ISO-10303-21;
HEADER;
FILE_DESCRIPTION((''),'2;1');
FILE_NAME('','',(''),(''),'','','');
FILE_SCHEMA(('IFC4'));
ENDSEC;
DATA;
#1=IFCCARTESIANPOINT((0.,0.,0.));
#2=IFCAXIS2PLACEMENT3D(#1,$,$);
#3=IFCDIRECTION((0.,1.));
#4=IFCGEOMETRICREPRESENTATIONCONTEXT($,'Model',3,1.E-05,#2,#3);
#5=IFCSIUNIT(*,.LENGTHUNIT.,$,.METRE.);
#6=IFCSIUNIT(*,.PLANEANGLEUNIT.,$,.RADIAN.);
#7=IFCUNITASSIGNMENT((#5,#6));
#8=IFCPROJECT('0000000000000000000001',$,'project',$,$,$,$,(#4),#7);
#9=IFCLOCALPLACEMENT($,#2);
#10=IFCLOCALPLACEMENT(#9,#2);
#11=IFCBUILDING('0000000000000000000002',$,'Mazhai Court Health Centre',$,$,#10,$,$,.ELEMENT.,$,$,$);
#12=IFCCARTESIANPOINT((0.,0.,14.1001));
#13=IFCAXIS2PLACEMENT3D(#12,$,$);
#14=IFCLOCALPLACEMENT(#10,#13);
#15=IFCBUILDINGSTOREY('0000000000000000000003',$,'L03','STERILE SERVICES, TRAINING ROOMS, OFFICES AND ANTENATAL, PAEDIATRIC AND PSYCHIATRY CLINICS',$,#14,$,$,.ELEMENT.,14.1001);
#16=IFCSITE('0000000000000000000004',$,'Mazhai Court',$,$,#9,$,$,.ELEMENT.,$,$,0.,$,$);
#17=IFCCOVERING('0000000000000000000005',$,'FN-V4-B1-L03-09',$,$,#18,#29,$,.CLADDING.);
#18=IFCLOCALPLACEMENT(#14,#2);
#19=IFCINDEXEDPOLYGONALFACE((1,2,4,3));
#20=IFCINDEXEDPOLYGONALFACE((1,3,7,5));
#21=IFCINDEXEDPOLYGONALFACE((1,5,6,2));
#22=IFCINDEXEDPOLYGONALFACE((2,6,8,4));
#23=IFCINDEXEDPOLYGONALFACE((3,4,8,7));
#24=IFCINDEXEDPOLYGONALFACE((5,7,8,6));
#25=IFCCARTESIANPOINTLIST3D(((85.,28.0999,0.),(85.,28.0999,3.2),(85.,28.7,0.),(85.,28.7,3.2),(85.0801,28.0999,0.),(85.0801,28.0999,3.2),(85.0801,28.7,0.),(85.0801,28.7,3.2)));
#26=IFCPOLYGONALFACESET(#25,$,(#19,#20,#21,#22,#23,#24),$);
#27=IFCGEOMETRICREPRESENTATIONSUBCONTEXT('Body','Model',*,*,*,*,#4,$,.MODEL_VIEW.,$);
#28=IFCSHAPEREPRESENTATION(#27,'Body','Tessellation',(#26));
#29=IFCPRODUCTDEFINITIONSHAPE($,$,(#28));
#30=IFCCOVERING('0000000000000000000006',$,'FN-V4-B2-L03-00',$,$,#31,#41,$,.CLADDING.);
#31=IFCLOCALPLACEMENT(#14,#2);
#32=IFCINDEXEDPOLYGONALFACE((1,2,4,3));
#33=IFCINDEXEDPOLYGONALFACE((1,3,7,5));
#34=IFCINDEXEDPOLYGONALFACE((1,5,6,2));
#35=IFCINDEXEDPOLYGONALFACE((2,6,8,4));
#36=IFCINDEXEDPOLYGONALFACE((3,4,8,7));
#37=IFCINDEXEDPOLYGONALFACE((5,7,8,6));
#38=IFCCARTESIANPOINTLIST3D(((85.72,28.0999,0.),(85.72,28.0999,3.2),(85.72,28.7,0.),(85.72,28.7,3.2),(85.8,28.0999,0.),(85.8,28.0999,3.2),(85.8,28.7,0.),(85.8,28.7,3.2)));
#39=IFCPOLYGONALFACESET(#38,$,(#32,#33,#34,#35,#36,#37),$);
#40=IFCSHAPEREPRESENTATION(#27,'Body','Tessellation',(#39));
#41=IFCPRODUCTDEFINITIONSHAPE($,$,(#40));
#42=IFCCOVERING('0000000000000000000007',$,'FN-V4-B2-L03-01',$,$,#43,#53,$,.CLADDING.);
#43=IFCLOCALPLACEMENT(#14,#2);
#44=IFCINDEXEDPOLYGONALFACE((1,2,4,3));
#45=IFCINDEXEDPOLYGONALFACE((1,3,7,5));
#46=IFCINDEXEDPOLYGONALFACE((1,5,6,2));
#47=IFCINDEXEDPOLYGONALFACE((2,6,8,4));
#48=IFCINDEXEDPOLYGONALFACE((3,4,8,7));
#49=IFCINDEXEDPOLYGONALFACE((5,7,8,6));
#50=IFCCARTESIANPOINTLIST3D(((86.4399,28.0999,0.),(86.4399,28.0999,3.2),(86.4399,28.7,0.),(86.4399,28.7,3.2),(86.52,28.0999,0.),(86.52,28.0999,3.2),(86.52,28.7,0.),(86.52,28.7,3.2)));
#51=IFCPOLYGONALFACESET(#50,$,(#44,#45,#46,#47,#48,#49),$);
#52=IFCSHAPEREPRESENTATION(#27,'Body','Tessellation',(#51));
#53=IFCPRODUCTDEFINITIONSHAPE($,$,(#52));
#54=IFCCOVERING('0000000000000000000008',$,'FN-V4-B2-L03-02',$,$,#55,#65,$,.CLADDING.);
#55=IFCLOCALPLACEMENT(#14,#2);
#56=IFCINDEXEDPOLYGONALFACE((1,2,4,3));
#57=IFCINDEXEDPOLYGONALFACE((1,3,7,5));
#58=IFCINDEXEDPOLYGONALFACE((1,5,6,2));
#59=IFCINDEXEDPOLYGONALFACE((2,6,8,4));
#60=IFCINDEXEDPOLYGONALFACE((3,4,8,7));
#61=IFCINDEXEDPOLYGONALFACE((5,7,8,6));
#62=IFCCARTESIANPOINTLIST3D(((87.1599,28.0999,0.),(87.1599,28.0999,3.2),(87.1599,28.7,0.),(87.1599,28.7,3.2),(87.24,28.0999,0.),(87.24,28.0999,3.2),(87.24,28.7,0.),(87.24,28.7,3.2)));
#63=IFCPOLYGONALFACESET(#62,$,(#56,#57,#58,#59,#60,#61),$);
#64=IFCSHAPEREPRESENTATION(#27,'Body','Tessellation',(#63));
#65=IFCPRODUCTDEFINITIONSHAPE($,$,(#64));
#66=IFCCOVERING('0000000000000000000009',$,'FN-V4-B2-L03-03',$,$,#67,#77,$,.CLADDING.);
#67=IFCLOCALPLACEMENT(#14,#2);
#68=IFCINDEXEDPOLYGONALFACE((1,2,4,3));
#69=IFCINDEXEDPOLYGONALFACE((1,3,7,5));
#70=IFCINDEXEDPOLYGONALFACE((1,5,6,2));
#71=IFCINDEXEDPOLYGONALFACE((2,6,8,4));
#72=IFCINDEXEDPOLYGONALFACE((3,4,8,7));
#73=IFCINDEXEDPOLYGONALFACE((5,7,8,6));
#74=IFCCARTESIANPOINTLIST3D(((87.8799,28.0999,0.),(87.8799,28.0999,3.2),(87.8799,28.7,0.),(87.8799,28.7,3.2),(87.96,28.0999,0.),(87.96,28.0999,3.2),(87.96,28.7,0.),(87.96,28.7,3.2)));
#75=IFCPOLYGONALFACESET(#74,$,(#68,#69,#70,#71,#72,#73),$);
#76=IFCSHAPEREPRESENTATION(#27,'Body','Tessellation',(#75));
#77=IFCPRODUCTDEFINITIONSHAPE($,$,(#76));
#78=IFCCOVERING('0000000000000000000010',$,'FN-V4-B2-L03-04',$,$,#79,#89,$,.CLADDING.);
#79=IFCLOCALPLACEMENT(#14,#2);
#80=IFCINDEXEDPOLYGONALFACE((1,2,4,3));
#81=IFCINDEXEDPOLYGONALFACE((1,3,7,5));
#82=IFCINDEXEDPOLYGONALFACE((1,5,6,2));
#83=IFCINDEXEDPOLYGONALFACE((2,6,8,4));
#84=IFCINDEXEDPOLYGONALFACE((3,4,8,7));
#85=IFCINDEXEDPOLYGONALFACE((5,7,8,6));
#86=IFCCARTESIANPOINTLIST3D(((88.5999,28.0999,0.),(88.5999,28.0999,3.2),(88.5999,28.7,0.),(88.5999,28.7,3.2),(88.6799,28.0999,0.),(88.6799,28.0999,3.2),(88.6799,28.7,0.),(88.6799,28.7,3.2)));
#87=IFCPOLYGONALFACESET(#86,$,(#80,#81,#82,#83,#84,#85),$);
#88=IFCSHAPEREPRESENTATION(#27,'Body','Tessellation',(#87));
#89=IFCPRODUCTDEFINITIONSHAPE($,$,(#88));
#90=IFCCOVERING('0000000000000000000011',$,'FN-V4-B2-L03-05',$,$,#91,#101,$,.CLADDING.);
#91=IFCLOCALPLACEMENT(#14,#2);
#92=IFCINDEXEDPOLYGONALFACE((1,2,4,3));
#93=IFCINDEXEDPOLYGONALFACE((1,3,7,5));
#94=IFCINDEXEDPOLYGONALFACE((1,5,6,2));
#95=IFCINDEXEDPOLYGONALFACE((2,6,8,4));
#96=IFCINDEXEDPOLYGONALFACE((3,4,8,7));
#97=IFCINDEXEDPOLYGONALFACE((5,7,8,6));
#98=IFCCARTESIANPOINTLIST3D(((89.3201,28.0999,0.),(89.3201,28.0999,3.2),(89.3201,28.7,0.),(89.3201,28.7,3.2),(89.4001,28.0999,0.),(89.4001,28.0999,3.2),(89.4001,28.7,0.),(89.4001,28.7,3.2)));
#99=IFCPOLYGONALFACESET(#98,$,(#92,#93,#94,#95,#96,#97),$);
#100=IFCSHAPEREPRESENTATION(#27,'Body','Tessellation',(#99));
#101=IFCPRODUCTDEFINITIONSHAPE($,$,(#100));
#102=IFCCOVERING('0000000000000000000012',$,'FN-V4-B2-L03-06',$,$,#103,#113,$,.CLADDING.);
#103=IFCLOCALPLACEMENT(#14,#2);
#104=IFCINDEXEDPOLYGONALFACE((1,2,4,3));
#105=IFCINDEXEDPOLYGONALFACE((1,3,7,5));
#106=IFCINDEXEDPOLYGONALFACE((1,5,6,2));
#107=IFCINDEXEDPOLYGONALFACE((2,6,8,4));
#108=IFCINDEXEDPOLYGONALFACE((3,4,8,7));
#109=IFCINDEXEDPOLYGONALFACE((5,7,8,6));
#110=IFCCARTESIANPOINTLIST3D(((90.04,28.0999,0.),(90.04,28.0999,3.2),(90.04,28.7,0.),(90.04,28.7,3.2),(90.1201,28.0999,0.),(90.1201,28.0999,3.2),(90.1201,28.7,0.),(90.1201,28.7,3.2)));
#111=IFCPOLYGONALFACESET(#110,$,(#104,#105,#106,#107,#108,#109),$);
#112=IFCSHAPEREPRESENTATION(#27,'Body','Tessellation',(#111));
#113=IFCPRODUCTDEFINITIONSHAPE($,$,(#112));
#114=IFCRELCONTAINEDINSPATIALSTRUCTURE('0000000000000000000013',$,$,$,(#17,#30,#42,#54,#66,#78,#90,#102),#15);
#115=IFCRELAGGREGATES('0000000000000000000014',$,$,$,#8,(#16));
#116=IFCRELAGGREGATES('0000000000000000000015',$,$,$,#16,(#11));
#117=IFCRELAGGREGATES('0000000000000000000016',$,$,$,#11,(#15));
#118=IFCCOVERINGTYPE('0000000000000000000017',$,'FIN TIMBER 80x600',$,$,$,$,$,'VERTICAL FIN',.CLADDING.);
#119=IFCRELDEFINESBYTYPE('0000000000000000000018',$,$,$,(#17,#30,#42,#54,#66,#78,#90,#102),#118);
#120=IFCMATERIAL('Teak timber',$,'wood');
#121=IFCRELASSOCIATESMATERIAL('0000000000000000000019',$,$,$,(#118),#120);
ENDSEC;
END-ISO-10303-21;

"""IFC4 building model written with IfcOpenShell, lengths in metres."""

from ifc_helpers import new_model, si_unit, direction, frame, origin, origin_2d, place, context, subcontext, project, spatial, rectangle, extrude, material, type_object, element, save


model = new_model("IFC4")

# Units and contexts
model_context = context("Model", 3, precision=1e-05, world=origin(), true_north=direction((0.0, 1.0)))
body_context = subcontext(model_context, "Body", "Model", "MODEL_VIEW")
ifc_project = project(units=[si_unit("LENGTHUNIT", "METRE"), si_unit("PLANEANGLEUNIT", "RADIAN")], contexts=[model_context])

# Site, building, storey
site_placement = place(None, origin())
site = spatial("IfcSite", under=ifc_project, at=site_placement, Name="Mazhai Court", CompositionType="ELEMENT", RefElevation=0.0)
building_placement = place(site_placement, origin())
building = spatial("IfcBuilding", under=site, at=building_placement, Name="Mazhai Court Health Centre", CompositionType="ELEMENT")
storey_placement = place(building_placement, frame((0.0, 0.0, 14.1001)))
storey = spatial("IfcBuildingStorey", under=building, at=storey_placement, Name="L03", Description="STERILE SERVICES, TRAINING ROOMS, OFFICES AND ANTENATAL, PAEDIATRIC AND PSYCHIATRY CLINICS", CompositionType="ELEMENT", Elevation=14.1001)

# Coverings
ifc_material_1 = material(Name="Teak timber", Category="wood")
covering_type = type_object("IfcCoveringType", Name="FIN TIMBER 80x600", ElementType="VERTICAL FIN", PredefinedType="CLADDING", material=ifc_material_1)
for number, where, z_axis, x_axis, name in (
    (1, (85.04, 28.3999, 0.0), (0.0, 0.0, 1.0), (1.0, 0.0, 0.0), "FN-V4-B1-L03-09"),
    (2, (85.76, 28.3999, 0.0), (0.0, 0.0, 1.0), (1.0, 0.0, 0.0), "FN-V4-B2-L03-00"),
    (3, (86.48, 28.3999, 0.0), (0.0, 0.0, 1.0), (1.0, 0.0, 0.0), "FN-V4-B2-L03-01"),
    (4, (87.2, 28.3999, 0.0), (0.0, 0.0, 1.0), (1.0, 0.0, 0.0), "FN-V4-B2-L03-02"),
    (5, (87.9199, 28.3999, 0.0), (0.0, 0.0, 1.0), (1.0, 0.0, 0.0), "FN-V4-B2-L03-03"),
    (6, (88.6399, 28.3999, 0.0), (0.0, 0.0, 1.0), (1.0, 0.0, 0.0), "FN-V4-B2-L03-04"),
    (7, (89.3601, 28.3999, 0.0), (0.0, 0.0, 1.0), (1.0, 0.0, 0.0), "FN-V4-B2-L03-05"),
    (8, (90.0801, 28.3999, 0.0), (0.0, 0.0, 1.0), (1.0, 0.0, 0.0), "FN-V4-B2-L03-06"),
):
    element("IfcCovering", number, at=place(storey_placement, frame(where, z_axis=z_axis, x_axis=x_axis)), inside=storey, type_object=covering_type, Name=name, PredefinedType="CLADDING", context=body_context, shape_type="SweptSolid", body=[
        extrude(rectangle(XDim=0.0801, YDim=0.6001, at=origin_2d()), origin(), (0.0, 0.0, 1.0), 3.2),
    ])

save(model, "model.ifc")
